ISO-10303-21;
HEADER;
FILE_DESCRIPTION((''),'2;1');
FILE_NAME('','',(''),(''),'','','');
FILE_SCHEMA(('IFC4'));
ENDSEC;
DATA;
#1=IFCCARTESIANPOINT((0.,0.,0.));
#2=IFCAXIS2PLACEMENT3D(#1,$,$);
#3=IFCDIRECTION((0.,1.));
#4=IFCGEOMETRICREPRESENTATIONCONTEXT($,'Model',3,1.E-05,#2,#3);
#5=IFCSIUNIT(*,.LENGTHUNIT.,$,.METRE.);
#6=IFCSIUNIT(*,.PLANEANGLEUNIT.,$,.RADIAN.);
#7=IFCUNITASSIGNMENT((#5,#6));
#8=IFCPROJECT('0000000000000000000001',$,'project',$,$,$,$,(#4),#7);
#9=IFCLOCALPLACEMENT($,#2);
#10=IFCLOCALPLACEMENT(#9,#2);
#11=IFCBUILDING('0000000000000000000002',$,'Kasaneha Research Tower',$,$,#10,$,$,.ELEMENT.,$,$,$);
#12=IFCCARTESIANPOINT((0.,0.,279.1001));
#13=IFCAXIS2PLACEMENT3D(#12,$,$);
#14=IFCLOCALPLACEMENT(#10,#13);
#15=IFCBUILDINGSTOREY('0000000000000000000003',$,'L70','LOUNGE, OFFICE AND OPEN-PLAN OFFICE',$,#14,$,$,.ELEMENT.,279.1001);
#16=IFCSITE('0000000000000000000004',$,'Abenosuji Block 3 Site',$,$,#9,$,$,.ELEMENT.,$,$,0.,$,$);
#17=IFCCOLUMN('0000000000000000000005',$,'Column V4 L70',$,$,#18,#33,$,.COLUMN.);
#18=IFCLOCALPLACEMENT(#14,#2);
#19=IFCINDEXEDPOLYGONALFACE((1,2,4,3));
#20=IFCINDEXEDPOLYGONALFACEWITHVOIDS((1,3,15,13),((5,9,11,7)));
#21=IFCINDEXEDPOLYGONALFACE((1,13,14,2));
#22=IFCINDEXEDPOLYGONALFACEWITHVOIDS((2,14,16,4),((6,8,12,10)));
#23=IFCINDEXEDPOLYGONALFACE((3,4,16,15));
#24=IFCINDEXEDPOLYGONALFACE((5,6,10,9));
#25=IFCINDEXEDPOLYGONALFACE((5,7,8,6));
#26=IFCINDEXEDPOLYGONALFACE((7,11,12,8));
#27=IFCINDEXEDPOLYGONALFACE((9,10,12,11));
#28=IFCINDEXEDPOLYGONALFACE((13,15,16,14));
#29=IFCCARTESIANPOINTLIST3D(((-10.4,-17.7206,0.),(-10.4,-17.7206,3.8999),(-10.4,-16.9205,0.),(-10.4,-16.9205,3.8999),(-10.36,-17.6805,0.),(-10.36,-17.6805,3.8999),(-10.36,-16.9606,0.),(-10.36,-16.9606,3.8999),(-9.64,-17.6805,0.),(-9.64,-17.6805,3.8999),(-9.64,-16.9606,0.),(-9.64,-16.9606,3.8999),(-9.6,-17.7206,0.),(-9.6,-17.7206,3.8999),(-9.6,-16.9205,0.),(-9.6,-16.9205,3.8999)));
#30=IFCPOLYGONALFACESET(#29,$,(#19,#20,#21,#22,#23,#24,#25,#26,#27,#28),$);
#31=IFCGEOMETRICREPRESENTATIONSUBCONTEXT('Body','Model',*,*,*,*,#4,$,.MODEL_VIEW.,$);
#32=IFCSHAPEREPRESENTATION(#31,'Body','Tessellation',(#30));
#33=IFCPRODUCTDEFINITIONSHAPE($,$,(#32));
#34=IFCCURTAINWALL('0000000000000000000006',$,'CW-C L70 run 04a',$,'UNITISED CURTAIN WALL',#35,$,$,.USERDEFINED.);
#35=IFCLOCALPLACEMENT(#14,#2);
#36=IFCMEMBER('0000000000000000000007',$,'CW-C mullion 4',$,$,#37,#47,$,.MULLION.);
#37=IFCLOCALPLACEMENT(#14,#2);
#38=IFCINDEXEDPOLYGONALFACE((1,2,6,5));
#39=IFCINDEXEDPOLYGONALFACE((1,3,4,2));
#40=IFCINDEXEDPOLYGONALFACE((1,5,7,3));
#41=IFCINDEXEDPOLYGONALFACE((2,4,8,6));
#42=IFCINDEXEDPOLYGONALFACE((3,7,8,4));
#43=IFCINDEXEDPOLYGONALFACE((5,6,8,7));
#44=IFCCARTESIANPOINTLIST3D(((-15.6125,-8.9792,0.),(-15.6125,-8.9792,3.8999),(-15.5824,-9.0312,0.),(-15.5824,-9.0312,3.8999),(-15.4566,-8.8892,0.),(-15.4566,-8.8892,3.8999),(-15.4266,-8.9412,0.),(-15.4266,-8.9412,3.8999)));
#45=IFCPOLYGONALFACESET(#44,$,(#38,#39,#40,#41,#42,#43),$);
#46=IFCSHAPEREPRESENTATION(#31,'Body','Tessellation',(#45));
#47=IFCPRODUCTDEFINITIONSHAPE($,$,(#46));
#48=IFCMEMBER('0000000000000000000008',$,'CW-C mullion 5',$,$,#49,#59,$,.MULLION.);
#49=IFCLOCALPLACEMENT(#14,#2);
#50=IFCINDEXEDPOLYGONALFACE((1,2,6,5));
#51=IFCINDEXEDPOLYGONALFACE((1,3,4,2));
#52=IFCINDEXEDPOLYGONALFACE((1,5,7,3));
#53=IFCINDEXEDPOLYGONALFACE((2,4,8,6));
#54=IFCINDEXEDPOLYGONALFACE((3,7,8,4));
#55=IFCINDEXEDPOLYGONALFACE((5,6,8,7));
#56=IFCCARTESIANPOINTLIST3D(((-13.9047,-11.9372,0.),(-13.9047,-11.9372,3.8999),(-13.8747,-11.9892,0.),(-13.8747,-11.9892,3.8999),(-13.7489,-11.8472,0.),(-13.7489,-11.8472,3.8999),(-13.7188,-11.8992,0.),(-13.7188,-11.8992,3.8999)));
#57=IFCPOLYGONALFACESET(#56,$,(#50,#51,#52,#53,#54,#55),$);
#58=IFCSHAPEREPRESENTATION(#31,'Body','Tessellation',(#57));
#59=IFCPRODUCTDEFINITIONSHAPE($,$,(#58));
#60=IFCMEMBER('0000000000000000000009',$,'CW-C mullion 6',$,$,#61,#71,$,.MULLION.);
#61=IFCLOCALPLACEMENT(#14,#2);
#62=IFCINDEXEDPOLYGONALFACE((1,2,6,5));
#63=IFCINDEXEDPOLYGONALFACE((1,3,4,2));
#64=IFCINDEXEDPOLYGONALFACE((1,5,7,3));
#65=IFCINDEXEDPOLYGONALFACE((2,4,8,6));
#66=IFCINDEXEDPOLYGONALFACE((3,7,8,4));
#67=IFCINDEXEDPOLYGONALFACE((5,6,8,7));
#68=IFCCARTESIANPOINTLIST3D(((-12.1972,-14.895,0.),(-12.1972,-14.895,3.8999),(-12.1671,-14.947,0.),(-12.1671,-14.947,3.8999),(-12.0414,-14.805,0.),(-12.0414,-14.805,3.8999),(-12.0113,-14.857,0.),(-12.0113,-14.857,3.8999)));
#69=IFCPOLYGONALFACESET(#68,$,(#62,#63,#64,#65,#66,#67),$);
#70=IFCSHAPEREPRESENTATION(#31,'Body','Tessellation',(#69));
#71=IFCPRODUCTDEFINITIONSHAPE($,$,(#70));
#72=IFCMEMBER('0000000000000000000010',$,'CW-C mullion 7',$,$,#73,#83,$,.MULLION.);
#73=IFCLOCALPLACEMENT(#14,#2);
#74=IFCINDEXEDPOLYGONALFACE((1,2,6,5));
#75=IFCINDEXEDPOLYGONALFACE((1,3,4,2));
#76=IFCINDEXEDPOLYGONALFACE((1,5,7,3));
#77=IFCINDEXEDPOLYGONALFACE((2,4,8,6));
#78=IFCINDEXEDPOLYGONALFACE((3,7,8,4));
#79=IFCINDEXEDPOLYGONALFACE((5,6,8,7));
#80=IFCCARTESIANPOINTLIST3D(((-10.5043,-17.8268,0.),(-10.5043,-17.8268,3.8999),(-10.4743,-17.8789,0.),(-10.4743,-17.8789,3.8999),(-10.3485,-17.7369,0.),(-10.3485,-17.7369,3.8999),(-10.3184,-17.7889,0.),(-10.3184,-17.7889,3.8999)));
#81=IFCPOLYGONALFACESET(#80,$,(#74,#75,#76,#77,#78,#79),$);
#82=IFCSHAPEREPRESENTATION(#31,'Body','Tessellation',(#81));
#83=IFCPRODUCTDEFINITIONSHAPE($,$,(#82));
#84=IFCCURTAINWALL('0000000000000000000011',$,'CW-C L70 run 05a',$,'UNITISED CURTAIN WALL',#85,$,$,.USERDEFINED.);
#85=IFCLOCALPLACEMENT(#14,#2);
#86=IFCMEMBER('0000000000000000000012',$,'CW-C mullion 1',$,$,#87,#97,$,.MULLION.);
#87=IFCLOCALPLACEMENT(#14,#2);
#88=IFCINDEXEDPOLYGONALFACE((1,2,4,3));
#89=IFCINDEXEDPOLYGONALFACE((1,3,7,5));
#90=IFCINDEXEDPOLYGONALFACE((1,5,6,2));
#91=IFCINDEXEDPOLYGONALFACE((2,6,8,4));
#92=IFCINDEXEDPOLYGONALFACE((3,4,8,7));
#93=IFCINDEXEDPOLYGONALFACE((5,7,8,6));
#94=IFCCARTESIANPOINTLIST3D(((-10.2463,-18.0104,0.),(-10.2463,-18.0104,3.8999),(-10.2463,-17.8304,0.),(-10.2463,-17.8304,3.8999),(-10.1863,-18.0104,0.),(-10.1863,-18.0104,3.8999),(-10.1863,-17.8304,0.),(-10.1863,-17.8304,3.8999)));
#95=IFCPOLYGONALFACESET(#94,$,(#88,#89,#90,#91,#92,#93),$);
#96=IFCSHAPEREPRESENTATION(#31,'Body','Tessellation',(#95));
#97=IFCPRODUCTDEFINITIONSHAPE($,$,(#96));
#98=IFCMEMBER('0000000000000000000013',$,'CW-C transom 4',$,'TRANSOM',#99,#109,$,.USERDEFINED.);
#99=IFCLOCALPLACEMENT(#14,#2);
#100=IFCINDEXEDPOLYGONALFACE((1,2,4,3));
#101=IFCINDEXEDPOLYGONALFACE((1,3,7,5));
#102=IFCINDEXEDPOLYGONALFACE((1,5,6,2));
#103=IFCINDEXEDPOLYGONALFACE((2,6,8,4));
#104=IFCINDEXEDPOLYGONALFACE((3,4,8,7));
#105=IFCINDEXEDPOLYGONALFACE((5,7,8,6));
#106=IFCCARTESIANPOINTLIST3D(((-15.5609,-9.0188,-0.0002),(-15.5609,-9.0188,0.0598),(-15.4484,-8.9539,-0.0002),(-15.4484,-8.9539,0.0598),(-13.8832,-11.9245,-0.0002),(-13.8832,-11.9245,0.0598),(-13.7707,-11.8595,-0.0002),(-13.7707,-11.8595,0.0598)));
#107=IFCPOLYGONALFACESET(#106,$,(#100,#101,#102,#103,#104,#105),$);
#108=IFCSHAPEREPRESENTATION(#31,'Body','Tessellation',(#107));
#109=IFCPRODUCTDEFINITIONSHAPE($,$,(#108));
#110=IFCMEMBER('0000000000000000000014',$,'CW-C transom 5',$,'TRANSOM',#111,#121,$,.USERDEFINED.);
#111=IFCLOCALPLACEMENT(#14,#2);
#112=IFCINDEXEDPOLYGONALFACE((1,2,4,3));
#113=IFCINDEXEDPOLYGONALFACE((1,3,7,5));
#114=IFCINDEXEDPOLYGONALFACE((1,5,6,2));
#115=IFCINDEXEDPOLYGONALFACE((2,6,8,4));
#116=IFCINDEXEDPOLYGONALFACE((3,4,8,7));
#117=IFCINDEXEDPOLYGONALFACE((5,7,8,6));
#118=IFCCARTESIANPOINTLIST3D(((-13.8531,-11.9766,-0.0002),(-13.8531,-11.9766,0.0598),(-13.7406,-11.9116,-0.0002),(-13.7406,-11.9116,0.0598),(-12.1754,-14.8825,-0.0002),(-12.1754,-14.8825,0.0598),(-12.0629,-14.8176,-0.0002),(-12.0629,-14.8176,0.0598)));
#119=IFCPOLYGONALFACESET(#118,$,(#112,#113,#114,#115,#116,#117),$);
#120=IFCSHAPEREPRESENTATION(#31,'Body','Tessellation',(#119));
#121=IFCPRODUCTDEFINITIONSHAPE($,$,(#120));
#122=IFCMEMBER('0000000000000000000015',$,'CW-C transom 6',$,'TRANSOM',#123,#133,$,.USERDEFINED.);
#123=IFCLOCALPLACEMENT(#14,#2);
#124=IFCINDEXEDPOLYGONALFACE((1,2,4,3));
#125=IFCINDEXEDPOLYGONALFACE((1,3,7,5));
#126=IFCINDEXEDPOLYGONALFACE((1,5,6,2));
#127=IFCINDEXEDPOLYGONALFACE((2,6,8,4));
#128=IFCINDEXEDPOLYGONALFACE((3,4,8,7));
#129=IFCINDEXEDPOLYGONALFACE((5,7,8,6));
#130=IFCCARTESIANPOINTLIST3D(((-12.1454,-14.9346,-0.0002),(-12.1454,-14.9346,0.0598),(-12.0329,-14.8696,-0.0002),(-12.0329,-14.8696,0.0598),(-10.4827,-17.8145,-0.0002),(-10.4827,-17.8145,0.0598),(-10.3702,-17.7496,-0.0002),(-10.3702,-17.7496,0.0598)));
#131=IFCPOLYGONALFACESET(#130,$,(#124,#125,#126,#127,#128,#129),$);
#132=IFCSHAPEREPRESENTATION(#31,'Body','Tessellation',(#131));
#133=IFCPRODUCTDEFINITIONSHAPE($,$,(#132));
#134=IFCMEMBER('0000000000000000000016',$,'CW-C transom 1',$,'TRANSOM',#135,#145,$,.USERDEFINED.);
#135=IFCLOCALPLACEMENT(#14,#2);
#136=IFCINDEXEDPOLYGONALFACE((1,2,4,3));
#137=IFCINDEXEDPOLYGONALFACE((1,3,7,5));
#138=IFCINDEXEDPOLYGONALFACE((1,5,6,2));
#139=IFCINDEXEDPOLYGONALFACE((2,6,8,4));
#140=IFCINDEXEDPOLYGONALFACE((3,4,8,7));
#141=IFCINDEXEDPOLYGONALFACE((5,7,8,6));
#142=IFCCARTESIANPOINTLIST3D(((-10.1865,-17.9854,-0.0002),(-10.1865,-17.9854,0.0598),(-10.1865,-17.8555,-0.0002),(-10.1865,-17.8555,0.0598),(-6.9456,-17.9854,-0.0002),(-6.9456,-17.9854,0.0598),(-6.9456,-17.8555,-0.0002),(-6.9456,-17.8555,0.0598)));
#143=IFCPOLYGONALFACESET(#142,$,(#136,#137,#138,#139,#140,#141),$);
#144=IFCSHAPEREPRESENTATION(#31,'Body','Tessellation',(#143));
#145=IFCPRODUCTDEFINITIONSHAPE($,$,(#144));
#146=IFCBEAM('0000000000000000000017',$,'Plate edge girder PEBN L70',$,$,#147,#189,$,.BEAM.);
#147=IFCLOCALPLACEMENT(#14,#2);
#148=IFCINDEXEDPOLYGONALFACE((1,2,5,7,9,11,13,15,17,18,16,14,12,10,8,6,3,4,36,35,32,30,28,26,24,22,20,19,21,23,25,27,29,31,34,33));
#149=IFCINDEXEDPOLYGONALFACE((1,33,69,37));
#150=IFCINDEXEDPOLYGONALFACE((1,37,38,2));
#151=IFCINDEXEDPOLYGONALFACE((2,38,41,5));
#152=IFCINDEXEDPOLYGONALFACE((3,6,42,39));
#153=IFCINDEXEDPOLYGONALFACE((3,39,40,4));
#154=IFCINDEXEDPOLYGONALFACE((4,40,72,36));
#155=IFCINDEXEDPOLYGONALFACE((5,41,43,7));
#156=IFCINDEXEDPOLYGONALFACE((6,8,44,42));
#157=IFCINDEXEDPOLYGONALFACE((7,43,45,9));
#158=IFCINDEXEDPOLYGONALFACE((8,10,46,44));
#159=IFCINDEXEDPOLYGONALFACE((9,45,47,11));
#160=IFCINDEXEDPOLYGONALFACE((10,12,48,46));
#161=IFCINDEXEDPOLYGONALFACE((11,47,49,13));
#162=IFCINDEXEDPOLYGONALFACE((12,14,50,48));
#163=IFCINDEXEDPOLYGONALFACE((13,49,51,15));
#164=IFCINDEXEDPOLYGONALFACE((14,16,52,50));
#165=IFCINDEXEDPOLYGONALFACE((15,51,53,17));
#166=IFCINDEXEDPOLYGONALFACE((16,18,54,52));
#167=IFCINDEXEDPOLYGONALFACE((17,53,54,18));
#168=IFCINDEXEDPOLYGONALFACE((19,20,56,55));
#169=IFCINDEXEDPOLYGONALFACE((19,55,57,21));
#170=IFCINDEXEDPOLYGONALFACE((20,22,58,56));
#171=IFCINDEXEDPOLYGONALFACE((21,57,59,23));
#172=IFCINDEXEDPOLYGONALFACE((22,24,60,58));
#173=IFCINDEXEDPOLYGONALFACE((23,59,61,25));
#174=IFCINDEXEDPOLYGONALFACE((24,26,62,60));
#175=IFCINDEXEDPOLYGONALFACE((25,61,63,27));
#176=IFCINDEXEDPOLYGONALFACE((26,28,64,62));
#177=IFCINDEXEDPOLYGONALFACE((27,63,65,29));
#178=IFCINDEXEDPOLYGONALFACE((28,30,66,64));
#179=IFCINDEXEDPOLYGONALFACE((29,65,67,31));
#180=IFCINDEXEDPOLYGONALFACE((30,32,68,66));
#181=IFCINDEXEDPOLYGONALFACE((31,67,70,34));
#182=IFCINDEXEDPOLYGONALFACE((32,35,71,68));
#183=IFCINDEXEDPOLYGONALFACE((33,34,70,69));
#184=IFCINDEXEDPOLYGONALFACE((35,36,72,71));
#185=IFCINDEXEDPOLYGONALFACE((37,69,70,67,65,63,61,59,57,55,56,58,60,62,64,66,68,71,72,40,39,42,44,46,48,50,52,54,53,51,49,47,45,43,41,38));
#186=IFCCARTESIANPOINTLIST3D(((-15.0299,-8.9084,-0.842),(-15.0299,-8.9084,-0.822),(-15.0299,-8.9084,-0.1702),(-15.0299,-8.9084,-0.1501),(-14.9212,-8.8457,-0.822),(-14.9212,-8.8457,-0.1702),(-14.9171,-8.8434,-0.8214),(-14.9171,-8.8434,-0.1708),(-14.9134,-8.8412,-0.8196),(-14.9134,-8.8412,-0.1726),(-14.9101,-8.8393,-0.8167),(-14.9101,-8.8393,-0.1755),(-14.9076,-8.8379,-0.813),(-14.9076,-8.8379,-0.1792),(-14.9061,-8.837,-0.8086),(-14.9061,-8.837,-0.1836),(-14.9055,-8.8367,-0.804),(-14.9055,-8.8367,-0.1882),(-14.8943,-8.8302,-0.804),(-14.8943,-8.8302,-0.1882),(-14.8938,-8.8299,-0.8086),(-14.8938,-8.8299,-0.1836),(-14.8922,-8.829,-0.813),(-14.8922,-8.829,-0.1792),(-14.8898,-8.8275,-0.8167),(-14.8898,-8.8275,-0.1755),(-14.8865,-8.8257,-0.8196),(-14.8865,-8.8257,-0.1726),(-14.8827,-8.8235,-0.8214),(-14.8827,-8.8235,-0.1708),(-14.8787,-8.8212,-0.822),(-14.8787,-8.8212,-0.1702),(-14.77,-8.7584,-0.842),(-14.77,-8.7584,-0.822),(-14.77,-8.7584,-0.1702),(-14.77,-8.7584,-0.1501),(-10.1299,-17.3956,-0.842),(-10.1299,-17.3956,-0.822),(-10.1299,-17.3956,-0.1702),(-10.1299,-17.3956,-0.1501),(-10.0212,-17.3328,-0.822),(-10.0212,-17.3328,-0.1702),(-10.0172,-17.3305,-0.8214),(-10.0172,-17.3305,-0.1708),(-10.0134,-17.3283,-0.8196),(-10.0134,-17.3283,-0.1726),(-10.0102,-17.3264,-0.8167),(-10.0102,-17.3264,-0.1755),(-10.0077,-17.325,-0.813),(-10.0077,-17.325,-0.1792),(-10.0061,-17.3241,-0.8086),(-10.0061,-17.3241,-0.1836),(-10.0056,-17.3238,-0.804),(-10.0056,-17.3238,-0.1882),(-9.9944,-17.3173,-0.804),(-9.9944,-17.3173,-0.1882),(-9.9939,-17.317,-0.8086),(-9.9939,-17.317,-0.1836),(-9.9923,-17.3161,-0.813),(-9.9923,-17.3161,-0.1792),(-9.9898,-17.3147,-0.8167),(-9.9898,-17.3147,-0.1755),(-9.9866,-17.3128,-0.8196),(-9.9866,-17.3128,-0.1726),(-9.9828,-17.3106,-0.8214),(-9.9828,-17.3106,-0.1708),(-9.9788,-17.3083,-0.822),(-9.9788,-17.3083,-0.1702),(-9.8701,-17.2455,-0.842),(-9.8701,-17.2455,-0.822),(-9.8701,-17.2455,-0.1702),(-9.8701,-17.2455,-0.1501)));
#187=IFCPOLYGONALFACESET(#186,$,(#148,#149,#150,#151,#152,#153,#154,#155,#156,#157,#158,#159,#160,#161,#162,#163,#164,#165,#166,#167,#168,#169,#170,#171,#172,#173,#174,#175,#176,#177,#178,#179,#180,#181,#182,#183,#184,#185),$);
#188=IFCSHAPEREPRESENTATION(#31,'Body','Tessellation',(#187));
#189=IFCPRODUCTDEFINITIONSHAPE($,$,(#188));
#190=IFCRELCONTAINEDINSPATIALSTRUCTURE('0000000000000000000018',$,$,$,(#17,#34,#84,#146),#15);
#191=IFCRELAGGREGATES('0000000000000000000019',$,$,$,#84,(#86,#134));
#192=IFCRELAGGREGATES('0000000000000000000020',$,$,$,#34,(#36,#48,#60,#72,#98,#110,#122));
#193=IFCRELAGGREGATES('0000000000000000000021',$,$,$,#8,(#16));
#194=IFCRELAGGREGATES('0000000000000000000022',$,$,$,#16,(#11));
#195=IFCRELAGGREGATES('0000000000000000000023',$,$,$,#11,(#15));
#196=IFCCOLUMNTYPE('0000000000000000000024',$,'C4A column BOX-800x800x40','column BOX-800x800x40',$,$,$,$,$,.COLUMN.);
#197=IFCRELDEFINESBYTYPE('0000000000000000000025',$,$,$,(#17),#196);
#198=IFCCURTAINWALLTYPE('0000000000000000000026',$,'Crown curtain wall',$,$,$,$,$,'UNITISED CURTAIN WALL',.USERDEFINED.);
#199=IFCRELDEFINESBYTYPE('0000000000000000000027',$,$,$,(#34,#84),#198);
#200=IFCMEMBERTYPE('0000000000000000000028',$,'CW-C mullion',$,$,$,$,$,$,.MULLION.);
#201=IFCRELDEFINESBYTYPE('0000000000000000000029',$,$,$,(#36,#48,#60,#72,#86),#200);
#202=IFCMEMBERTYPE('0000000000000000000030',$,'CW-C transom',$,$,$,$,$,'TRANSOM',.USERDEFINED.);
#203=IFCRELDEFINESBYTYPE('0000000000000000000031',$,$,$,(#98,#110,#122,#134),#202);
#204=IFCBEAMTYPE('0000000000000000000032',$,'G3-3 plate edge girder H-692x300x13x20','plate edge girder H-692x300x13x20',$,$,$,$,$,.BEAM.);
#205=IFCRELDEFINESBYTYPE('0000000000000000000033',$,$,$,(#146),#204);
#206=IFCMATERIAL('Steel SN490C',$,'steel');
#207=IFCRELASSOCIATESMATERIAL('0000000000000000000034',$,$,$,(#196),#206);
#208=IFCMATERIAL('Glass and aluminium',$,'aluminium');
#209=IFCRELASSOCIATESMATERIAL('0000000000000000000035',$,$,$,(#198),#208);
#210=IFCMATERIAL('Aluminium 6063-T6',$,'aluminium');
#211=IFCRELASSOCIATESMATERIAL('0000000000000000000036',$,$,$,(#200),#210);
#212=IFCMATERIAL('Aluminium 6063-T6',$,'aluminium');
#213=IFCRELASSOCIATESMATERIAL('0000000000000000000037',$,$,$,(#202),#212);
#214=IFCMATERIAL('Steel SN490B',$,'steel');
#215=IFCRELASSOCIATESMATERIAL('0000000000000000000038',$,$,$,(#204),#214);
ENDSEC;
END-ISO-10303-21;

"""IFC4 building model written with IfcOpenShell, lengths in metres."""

from ifc_helpers import new_model, si_unit, direction, frame, origin, origin_2d, place, context, subcontext, project, spatial, rectangle, hollow_rectangle, i_section, extrude, material, material_profile, profile_set, type_object, element, aggregate, save


model = new_model("IFC4")

# Units and contexts
model_context = context("Model", 3, precision=1e-05, world=origin(), true_north=direction((0.0, 1.0)))
body_context = subcontext(model_context, "Body", "Model", "MODEL_VIEW")
ifc_project = project(units=[si_unit("LENGTHUNIT", "METRE"), si_unit("PLANEANGLEUNIT", "RADIAN")], contexts=[model_context])

# Site, building, storey
site_placement = place(None, origin())
site = spatial("IfcSite", under=ifc_project, at=site_placement, Name="Abenosuji Block 3 Site", CompositionType="ELEMENT", RefElevation=0.0)
building_placement = place(site_placement, origin())
building = spatial("IfcBuilding", under=site, at=building_placement, Name="Kasaneha Research Tower", CompositionType="ELEMENT")
storey_placement = place(building_placement, frame((0.0, 0.0, 279.1001)))
storey = spatial("IfcBuildingStorey", under=building, at=storey_placement, Name="L70", Description="LOUNGE, OFFICE AND OPEN-PLAN OFFICE", CompositionType="ELEMENT", Elevation=279.1001)

# Column
ifc_material_1 = material(Name="Steel SN490C", Category="steel")
ifc_material_profile_1 = material_profile(ifc_material_1, hollow_rectangle(XDim=0.8, YDim=0.8, WallThickness=0.04, at=origin_2d()), Name="BOX-800x800x40")
ifc_profile_set_1 = profile_set([ifc_material_profile_1], Name="Steel SN490C")
column_type = type_object("IfcColumnType", Name="C4A column BOX-800x800x40", Description="column BOX-800x800x40", PredefinedType="COLUMN", material=ifc_profile_set_1)
column_placement = place(storey_placement, frame((-10.0, -17.3206, 0.0), z_axis=(0.0, 0.0, 1.0), x_axis=(1.0, 0.0, 0.0)))
element("IfcColumn", 1, at=column_placement, inside=storey, type_object=column_type, Name="Column V4 L70", PredefinedType="COLUMN", context=body_context, shape_type="SweptSolid", body=[
    extrude(hollow_rectangle(XDim=0.8, YDim=0.8, WallThickness=0.04, at=origin_2d()), origin(), (0.0, 0.0, 1.0), 3.8999),
])

# Curtain wall, members
ifc_material_2 = material(Name="Glass and aluminium", Category="aluminium")
curtain_wall_type = type_object("IfcCurtainWallType", Name="Crown curtain wall", ElementType="UNITISED CURTAIN WALL", PredefinedType="USERDEFINED", material=ifc_material_2)
curtain_wall_1_placement = place(storey_placement, origin())
curtain_wall_1 = element("IfcCurtainWall", 2, at=curtain_wall_1_placement, inside=storey, type_object=curtain_wall_type, Name="CW-C L70 run 04a", ObjectType="UNITISED CURTAIN WALL", PredefinedType="USERDEFINED")
ifc_material_3 = material(Name="Aluminium 6063-T6", Category="aluminium")
ifc_material_profile_2 = material_profile(ifc_material_3, rectangle(XDim=0.0601, YDim=0.1799, at=origin_2d()), Name="CW-C mullion 60x180")
ifc_profile_set_2 = profile_set([ifc_material_profile_2], Name="Aluminium 6063-T6")
member_type_1 = type_object("IfcMemberType", Name="CW-C mullion", PredefinedType="MULLION", material=ifc_profile_set_2)
member_1_placement = place(storey_placement, frame((-15.5195, -8.9602, 0.0), z_axis=(0.0, 0.0, 1.0), x_axis=(0.5, -0.866025, 0.0)))
member_1 = element("IfcMember", 3, at=member_1_placement, type_object=member_type_1, Name="CW-C mullion 4", PredefinedType="MULLION", context=body_context, shape_type="SweptSolid", body=[
    extrude(rectangle(XDim=0.0601, YDim=0.1799, at=origin_2d()), origin(), (0.0, 0.0, 1.0), 3.8999),
])
member_2_placement = place(storey_placement, frame((-13.8118, -11.9182, 0.0), z_axis=(0.0, 0.0, 1.0), x_axis=(0.5, -0.866025, 0.0)))
member_2 = element("IfcMember", 4, at=member_2_placement, type_object=member_type_1, Name="CW-C mullion 5", PredefinedType="MULLION", context=body_context, shape_type="SweptSolid", body=[
    extrude(rectangle(XDim=0.0601, YDim=0.1799, at=origin_2d()), origin(), (0.0, 0.0, 1.0), 3.8999),
])
member_3_placement = place(storey_placement, frame((-12.1042, -14.876, 0.0), z_axis=(0.0, 0.0, 1.0), x_axis=(0.5, -0.866025, 0.0)))
member_3 = element("IfcMember", 5, at=member_3_placement, type_object=member_type_1, Name="CW-C mullion 6", PredefinedType="MULLION", context=body_context, shape_type="SweptSolid", body=[
    extrude(rectangle(XDim=0.0601, YDim=0.1799, at=origin_2d()), origin(), (0.0, 0.0, 1.0), 3.8999),
])
member_4_placement = place(storey_placement, frame((-10.4114, -17.8079, 0.0), z_axis=(0.0, 0.0, 1.0), x_axis=(0.5, -0.866025, 0.0)))
member_4 = element("IfcMember", 6, at=member_4_placement, type_object=member_type_1, Name="CW-C mullion 7", PredefinedType="MULLION", context=body_context, shape_type="SweptSolid", body=[
    extrude(rectangle(XDim=0.0601, YDim=0.1799, at=origin_2d()), origin(), (0.0, 0.0, 1.0), 3.8999),
])

# Curtain wall, member
curtain_wall_2_placement = place(storey_placement, origin())
curtain_wall_2 = element("IfcCurtainWall", 7, at=curtain_wall_2_placement, inside=storey, type_object=curtain_wall_type, Name="CW-C L70 run 05a", ObjectType="UNITISED CURTAIN WALL", PredefinedType="USERDEFINED")
member_5_placement = place(storey_placement, frame((-10.2163, -17.9204, 0.0), z_axis=(0.0, 0.0, 1.0), x_axis=(1.0, 0.0, 0.0)))
member_5 = element("IfcMember", 8, at=member_5_placement, type_object=member_type_1, Name="CW-C mullion 1", PredefinedType="MULLION", context=body_context, shape_type="SweptSolid", body=[
    extrude(rectangle(XDim=0.0601, YDim=0.1799, at=origin_2d()), origin(), (0.0, 0.0, 1.0), 3.8999),
])

# Members
ifc_material_4 = material(Name="Aluminium 6063-T6", Category="aluminium")
ifc_material_profile_3 = material_profile(ifc_material_4, rectangle(XDim=0.1299, YDim=0.0601, at=origin_2d()), Name="CW-C transom 130x60")
ifc_profile_set_3 = profile_set([ifc_material_profile_3], Name="Aluminium 6063-T6")
member_type_2 = type_object("IfcMemberType", Name="CW-C transom", ElementType="TRANSOM", PredefinedType="USERDEFINED", material=ifc_profile_set_3)
member_6_placement = place(storey_placement, frame((-15.5046, -8.9863, 0.0298), z_axis=(0.500021, -0.866014, 0.0), x_axis=(0.866014, 0.500021, 0.0)))
member_6 = element("IfcMember", 9, at=member_6_placement, type_object=member_type_2, Name="CW-C transom 4", ObjectType="TRANSOM", PredefinedType="USERDEFINED", context=body_context, shape_type="SweptSolid", body=[
    extrude(rectangle(XDim=0.1299, YDim=0.0601, at=origin_2d()), origin(), (0.0, 0.0, 1.0), 3.3552),
])
member_7_placement = place(storey_placement, frame((-13.7969, -11.9441, 0.0298), z_axis=(0.499989, -0.866032, 0.0), x_axis=(0.866032, 0.499989, 0.0)))
member_7 = element("IfcMember", 10, at=member_7_placement, type_object=member_type_2, Name="CW-C transom 5", ObjectType="TRANSOM", PredefinedType="USERDEFINED", context=body_context, shape_type="SweptSolid", body=[
    extrude(rectangle(XDim=0.1299, YDim=0.0601, at=origin_2d()), origin(), (0.0, 0.0, 1.0), 3.3555),
])
member_8_placement = place(storey_placement, frame((-12.0891, -14.9021, 0.0298), z_axis=(0.499977, -0.866039, 0.0), x_axis=(0.866039, 0.499977, 0.0)))
member_8 = element("IfcMember", 11, at=member_8_placement, type_object=member_type_2, Name="CW-C transom 6", ObjectType="TRANSOM", PredefinedType="USERDEFINED", context=body_context, shape_type="SweptSolid", body=[
    extrude(rectangle(XDim=0.1299, YDim=0.0601, at=origin_2d()), origin(), (0.0, 0.0, 1.0), 3.3254),
])
member_9_placement = place(storey_placement, frame((-10.1865, -17.9204, 0.0298), z_axis=(1.0, 0.0, 0.0), x_axis=(0.0, 1.0, 0.0)))
member_9 = element("IfcMember", 12, at=member_9_placement, type_object=member_type_2, Name="CW-C transom 1", ObjectType="TRANSOM", PredefinedType="USERDEFINED", context=body_context, shape_type="SweptSolid", body=[
    extrude(rectangle(XDim=0.1299, YDim=0.0601, at=origin_2d()), origin(), (0.0, 0.0, 1.0), 3.241),
])
aggregate(curtain_wall_2, [member_5, member_9])

# Beam
ifc_material_5 = material(Name="Steel SN490B", Category="steel")
ifc_material_profile_4 = material_profile(ifc_material_5, i_section(OverallWidth=0.3, OverallDepth=0.6919, WebThickness=0.0129, FlangeThickness=0.02, FilletRadius=0.0181, at=origin_2d()), Name="H-692x300x13x20")
ifc_profile_set_4 = profile_set([ifc_material_profile_4], Name="Steel SN490B")
beam_type_1 = type_object("IfcBeamType", Name="G3-3 plate edge girder H-692x300x13x20", Description="plate edge girder H-692x300x13x20", PredefinedType="BEAM", material=ifc_profile_set_4)
beam_1_placement = place(storey_placement, frame((-10.0, -17.3206, -0.4961), z_axis=(-0.499992, 0.86603, 0.0), x_axis=(-0.86603, -0.499992, 0.0)))
element("IfcBeam", 13, at=beam_1_placement, inside=storey, type_object=beam_type_1, Name="Plate edge girder PEBN L70", PredefinedType="BEAM", context=body_context, shape_type="SweptSolid", body=[
    extrude(i_section(OverallWidth=0.3, OverallDepth=0.6919, WebThickness=0.0129, FlangeThickness=0.02, FilletRadius=0.0181, at=origin_2d()), origin(), (0.0, 0.0, 1.0), 9.8),
])

aggregate(curtain_wall_1, [member_1, member_2, member_3, member_4, member_6, member_7, member_8])

save(model, "model.ifc")
